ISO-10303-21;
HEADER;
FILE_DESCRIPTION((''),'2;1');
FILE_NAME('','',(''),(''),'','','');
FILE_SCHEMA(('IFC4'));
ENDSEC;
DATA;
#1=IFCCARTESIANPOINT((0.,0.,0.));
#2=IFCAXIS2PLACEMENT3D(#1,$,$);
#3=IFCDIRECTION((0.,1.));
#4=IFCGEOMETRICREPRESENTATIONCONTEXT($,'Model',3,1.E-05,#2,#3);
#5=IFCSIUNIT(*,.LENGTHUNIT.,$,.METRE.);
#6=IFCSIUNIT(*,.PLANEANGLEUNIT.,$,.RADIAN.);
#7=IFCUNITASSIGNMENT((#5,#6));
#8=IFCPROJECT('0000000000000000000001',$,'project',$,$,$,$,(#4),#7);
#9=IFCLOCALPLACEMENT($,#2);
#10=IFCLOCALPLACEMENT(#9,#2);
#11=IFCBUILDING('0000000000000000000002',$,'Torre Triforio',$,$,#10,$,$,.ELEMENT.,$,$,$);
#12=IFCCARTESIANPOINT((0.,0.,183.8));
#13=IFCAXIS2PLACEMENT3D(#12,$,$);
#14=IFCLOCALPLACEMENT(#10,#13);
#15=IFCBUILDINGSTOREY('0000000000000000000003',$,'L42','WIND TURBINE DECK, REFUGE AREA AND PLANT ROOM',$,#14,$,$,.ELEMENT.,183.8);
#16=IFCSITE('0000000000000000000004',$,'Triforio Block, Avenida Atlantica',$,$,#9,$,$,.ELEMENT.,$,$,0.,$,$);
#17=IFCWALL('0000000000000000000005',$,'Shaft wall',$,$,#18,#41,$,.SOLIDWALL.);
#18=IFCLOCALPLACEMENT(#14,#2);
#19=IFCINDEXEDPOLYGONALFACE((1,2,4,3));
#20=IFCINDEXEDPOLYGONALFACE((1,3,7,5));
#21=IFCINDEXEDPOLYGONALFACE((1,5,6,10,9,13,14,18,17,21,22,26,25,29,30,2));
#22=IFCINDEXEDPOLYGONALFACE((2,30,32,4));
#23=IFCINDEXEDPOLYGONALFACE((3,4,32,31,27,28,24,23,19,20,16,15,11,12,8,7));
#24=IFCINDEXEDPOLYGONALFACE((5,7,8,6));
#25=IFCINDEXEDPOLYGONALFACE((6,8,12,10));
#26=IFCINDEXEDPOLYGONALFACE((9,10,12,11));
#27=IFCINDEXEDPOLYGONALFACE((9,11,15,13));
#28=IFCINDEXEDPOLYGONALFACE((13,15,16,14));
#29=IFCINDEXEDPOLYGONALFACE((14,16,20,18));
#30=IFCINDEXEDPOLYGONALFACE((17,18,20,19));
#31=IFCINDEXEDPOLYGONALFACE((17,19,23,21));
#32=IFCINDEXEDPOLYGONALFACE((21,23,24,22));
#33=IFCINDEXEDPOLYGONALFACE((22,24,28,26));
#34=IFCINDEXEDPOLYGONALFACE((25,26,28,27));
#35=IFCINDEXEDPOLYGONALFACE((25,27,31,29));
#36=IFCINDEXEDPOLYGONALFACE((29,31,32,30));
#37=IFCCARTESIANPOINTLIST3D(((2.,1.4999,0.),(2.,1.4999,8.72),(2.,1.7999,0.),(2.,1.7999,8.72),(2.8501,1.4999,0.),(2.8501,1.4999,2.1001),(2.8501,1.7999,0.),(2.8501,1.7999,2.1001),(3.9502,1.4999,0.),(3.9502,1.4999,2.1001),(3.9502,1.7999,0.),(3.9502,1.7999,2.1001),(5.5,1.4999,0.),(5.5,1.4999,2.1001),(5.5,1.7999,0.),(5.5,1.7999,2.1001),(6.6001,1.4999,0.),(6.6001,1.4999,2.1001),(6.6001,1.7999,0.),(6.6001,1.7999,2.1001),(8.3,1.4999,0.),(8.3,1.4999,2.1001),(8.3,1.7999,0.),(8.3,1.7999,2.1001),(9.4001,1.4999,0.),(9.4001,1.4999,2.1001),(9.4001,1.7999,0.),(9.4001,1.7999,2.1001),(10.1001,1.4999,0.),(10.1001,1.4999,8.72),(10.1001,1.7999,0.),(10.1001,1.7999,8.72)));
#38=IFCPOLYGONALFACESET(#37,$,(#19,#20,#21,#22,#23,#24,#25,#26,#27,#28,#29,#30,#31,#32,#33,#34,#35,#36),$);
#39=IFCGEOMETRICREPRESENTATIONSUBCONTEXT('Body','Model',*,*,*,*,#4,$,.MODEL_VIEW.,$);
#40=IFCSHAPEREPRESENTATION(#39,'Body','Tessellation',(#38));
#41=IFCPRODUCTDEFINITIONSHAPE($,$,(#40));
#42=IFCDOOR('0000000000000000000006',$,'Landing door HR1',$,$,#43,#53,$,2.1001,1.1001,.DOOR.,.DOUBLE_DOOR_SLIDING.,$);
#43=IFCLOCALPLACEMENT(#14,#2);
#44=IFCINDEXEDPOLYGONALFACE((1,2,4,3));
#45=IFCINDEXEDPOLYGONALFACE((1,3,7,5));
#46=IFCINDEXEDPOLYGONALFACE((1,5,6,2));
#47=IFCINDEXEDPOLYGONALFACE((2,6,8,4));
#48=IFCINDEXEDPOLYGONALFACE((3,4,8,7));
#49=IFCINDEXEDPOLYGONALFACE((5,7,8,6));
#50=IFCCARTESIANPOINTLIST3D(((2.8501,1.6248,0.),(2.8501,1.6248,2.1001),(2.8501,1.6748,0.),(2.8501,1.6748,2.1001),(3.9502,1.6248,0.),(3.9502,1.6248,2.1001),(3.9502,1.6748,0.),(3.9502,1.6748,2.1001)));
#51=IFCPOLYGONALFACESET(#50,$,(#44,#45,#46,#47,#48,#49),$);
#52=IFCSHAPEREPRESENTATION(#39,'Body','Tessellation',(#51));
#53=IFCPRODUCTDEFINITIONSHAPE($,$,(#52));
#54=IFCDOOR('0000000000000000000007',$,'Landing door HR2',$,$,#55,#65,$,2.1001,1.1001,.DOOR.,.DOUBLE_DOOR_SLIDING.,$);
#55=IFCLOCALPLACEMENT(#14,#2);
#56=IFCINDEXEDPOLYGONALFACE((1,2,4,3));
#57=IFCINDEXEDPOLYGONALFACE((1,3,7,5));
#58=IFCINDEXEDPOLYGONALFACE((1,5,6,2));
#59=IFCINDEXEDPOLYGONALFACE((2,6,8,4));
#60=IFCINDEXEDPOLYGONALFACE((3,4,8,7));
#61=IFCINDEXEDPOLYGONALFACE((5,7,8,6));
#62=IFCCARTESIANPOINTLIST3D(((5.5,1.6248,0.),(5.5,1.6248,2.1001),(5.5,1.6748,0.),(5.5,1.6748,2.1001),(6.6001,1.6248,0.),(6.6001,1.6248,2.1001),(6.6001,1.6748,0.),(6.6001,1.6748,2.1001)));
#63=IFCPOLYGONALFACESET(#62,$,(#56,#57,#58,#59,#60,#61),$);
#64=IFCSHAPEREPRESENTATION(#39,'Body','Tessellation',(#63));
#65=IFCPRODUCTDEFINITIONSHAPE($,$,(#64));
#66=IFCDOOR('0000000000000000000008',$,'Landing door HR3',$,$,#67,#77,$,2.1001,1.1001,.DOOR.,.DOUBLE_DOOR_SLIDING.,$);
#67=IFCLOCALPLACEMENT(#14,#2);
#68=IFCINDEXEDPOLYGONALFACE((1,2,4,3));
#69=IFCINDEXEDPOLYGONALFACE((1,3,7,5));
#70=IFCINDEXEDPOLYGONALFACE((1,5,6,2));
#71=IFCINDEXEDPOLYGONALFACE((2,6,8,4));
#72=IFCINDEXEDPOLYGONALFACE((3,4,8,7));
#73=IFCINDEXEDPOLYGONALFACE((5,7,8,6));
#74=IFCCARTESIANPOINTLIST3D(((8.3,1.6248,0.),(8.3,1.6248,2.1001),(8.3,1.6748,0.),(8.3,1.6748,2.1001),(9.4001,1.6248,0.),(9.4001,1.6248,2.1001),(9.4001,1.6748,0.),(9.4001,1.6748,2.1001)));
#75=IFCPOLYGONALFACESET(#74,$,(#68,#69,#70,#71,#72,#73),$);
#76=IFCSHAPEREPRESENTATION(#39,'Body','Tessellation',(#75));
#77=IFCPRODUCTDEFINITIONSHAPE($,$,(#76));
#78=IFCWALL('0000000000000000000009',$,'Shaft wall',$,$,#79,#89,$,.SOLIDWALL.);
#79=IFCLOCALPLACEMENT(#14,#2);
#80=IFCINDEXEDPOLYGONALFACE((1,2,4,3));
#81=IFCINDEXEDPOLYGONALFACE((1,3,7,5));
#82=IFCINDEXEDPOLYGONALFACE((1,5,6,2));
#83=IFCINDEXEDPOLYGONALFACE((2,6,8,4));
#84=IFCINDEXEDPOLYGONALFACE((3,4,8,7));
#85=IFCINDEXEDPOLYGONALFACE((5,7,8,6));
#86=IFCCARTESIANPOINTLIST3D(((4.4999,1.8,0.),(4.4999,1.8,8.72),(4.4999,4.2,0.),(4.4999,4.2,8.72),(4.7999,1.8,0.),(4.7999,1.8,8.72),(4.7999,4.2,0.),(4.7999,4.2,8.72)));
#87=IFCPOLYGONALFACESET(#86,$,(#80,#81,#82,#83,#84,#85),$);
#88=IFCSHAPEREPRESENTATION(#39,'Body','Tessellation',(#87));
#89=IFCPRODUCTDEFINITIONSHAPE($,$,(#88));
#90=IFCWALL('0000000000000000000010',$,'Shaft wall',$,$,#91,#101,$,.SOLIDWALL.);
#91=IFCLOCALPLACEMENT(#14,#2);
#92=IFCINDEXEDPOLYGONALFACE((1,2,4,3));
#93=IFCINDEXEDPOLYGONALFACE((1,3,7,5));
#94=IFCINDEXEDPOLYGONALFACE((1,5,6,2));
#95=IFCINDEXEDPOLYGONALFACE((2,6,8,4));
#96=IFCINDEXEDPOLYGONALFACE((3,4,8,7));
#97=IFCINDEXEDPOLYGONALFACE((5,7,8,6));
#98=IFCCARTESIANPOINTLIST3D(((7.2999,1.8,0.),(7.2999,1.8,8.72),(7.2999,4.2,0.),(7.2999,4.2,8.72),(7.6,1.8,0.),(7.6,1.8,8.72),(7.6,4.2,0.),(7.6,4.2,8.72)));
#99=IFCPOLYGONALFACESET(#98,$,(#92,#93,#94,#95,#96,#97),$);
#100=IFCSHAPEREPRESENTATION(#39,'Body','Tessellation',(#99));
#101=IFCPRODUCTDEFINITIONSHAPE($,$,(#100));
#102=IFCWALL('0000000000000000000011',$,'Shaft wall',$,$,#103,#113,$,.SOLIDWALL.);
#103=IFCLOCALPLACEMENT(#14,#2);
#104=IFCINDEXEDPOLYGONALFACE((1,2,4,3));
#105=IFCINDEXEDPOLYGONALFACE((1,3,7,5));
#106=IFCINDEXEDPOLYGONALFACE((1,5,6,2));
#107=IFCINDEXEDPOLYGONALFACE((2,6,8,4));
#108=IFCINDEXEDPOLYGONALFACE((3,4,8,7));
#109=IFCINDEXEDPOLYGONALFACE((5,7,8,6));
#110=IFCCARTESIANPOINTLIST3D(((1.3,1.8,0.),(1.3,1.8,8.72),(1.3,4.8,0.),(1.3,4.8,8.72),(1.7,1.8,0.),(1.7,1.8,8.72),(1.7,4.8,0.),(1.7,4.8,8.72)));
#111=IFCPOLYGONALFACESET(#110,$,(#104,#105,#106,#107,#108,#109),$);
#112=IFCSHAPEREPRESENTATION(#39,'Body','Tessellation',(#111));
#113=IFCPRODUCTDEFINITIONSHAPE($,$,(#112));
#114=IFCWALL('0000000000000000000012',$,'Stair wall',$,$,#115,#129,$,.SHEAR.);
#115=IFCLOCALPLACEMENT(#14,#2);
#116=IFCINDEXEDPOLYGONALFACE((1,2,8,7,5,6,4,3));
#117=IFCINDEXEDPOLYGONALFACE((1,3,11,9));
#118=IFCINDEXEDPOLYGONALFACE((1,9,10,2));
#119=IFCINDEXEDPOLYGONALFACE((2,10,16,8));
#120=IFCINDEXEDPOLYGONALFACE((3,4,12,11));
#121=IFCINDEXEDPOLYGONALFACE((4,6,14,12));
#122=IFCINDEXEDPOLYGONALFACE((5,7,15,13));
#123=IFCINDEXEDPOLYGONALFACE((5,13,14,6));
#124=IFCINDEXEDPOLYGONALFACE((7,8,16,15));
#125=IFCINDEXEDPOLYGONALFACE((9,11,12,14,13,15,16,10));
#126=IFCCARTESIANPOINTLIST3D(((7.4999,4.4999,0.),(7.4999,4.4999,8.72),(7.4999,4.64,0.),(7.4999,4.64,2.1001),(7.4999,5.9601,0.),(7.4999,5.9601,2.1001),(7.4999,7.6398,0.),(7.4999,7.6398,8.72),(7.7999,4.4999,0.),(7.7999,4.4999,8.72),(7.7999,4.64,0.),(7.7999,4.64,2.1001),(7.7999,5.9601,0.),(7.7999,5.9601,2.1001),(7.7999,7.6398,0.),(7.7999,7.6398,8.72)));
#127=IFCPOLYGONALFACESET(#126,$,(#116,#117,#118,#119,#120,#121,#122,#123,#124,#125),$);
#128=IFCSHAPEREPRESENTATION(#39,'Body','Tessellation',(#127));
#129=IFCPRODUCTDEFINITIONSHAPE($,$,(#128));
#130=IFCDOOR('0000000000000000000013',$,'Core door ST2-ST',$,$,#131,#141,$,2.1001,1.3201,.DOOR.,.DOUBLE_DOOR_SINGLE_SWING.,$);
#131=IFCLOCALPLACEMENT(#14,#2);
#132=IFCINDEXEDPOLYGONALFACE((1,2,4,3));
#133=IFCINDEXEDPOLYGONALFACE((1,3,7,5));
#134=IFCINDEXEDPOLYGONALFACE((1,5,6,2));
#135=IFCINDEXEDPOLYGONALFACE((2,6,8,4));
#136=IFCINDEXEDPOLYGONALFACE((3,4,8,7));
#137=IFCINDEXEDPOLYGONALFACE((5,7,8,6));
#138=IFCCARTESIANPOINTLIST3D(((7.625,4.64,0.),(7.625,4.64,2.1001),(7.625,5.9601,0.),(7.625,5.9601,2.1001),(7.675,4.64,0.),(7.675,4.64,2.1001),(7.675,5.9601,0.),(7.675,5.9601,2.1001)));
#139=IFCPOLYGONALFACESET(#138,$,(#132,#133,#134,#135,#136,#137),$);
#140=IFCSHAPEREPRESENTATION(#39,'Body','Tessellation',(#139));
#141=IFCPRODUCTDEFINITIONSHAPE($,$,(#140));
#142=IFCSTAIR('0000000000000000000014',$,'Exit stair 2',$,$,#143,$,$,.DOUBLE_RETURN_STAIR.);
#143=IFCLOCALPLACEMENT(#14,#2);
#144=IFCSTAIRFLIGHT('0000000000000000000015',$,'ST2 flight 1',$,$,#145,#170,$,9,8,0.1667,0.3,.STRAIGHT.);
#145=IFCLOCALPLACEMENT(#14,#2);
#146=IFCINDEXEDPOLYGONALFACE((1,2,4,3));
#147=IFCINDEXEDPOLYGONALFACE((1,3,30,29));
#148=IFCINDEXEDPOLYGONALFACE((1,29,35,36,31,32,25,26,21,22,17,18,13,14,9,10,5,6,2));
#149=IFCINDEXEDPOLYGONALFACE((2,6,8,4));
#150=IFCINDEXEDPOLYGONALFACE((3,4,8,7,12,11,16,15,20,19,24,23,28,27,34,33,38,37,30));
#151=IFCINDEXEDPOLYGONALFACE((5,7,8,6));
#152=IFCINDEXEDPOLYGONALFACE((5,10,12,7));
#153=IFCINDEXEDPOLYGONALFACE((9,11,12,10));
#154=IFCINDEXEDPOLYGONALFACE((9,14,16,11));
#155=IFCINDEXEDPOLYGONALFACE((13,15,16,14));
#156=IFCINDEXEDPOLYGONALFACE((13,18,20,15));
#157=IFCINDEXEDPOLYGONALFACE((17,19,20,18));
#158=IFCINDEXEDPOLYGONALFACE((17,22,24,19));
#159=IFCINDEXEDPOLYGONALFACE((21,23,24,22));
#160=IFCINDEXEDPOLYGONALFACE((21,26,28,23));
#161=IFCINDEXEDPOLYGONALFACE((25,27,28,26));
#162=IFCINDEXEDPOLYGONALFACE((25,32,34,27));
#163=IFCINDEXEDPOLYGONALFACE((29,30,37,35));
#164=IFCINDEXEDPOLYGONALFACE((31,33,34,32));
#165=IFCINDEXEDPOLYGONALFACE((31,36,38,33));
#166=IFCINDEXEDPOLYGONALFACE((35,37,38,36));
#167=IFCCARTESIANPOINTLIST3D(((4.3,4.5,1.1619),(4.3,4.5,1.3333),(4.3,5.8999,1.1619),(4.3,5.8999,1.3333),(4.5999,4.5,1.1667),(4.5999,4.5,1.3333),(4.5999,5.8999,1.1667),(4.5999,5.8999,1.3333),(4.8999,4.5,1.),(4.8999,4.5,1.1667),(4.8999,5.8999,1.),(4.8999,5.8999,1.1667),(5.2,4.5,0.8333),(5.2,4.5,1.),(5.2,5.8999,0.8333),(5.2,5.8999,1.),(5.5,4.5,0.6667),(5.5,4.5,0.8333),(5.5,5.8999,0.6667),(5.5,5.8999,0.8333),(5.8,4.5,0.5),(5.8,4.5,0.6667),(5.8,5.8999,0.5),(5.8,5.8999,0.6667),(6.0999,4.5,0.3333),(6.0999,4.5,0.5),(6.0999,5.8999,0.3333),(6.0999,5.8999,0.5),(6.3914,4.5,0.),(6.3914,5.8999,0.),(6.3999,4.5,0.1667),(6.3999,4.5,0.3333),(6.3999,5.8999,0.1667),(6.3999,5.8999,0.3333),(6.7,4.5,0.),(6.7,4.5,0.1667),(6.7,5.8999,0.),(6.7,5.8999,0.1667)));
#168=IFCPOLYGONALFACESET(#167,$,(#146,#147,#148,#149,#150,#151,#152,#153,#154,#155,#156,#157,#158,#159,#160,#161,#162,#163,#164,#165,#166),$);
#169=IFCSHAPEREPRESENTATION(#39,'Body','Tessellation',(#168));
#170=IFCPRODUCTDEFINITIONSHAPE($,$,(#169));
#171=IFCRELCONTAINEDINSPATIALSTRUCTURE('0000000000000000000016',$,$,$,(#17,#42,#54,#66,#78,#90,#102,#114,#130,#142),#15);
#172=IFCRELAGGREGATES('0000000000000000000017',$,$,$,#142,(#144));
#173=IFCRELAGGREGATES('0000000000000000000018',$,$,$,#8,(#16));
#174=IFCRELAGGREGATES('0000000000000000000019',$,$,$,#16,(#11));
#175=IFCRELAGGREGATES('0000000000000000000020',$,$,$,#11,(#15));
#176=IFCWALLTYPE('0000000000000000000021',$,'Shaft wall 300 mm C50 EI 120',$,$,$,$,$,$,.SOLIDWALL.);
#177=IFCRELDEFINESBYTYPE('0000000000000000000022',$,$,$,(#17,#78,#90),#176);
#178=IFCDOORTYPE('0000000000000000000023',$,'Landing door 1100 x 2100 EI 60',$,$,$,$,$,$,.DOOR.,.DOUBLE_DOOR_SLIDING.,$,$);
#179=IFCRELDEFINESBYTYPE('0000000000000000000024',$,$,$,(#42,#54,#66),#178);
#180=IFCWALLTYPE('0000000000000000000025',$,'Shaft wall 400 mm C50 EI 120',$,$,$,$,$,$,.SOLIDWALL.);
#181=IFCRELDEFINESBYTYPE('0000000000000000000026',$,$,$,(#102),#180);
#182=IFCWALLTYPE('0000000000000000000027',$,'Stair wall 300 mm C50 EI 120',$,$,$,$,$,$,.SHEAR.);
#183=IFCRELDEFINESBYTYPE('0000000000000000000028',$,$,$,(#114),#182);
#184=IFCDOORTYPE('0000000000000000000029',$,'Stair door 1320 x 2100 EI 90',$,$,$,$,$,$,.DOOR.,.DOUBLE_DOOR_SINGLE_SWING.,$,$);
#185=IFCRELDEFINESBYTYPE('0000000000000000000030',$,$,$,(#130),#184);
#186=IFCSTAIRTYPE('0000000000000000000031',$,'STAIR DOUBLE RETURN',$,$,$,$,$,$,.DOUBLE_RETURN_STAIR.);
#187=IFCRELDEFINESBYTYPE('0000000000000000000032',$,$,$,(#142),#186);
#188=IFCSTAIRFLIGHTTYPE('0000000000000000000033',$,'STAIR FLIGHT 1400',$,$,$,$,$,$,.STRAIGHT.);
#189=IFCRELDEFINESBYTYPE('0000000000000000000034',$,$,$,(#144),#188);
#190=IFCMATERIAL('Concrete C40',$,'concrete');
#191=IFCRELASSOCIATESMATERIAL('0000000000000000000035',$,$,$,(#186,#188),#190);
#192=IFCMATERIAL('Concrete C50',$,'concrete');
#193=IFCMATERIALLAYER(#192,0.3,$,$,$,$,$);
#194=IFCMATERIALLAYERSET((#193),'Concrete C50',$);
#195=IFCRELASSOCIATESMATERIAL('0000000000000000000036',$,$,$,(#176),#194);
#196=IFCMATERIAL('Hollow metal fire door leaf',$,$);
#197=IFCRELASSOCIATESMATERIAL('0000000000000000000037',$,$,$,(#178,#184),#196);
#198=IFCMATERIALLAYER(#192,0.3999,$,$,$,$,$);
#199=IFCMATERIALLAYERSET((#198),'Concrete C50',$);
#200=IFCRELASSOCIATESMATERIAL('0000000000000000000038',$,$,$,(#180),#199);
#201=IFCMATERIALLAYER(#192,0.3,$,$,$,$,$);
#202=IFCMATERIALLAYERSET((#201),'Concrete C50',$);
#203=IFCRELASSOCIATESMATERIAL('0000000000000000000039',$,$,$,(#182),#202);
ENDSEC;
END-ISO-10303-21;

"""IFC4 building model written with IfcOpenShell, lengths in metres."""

from ifc_helpers import new_model, si_unit, direction, frame, frame_2d, origin, place, context, subcontext, project, spatial, polyline, rectangle, outline, extrude, material, layer, layer_set, type_object, element, fill, aggregate, save


model = new_model("IFC4")

# Units and contexts
model_context = context("Model", 3, precision=1e-05, world=origin(), true_north=direction((0.0, 1.0)))
body_context = subcontext(model_context, "Body", "Model", "MODEL_VIEW")
ifc_project = project(units=[si_unit("LENGTHUNIT", "METRE"), si_unit("PLANEANGLEUNIT", "RADIAN")], contexts=[model_context])

# Site, building, storey
site_placement = place(None, origin())
site = spatial("IfcSite", under=ifc_project, at=site_placement, Name="Triforio Block, Avenida Atlantica", CompositionType="ELEMENT", RefElevation=0.0)
building_placement = place(site_placement, origin())
building = spatial("IfcBuilding", under=site, at=building_placement, Name="Torre Triforio", CompositionType="ELEMENT")
storey_placement = place(building_placement, frame((0.0, 0.0, 183.8)))
storey = spatial("IfcBuildingStorey", under=building, at=storey_placement, Name="L42", Description="WIND TURBINE DECK, REFUGE AREA AND PLANT ROOM", CompositionType="ELEMENT", Elevation=183.8)

# Shared definitions
ifc_material_1 = material(Name="Concrete C40", Category="concrete")

# Shared definitions
stair_type = type_object("IfcStairType", Name="STAIR DOUBLE RETURN", PredefinedType="DOUBLE_RETURN_STAIR", material=ifc_material_1)

# Shared definitions
ifc_material_2 = material(Name="Concrete C50", Category="concrete")
ifc_layer_1 = layer(ifc_material_2, 0.3)
ifc_layer_set_1 = layer_set([ifc_layer_1], Name="Concrete C50")
wall_type_1 = type_object("IfcWallType", Name="Shaft wall 300 mm C50 EI 120", PredefinedType="SOLIDWALL", material=ifc_layer_set_1)

# Wall, openings, doors
wall_1_placement = place(storey_placement, frame((2.0, 1.6499, 0.0), z_axis=(0.0, 0.0, 1.0), x_axis=(1.0, 0.0, 0.0)))
wall_1 = element("IfcWall", 1, at=wall_1_placement, inside=storey, type_object=wall_type_1, Name="Shaft wall", PredefinedType="SOLIDWALL", context=body_context, shape_type="SweptSolid", body=[
    extrude(rectangle(XDim=8.1001, YDim=0.3, at=frame_2d((4.05, 0.0))), origin(), (0.0, 0.0, 1.0), 8.72),
])
opening_1_placement = place(wall_1_placement, frame((0.8501, 0.0, 0.0)))
opening_1 = element("IfcOpeningElement", 2, at=opening_1_placement, cuts=wall_1, PredefinedType="OPENING", context=body_context, shape_type="SweptSolid", body=[
    extrude(rectangle(XDim=1.1001, YDim=2.1001, at=frame_2d((0.55, 1.05))), frame((0.0, 0.1599, 0.0), z_axis=(0.0, -1.0, 0.0), x_axis=(1.0, 0.0, 0.0)), (0.0, 0.0, 1.0), 0.3201),
])
opening_2_placement = place(wall_1_placement, frame((3.5, 0.0, 0.0)))
opening_2 = element("IfcOpeningElement", 3, at=opening_2_placement, cuts=wall_1, PredefinedType="OPENING", context=body_context, shape_type="SweptSolid", body=[
    extrude(rectangle(XDim=1.1001, YDim=2.1001, at=frame_2d((0.55, 1.05))), frame((0.0, 0.1599, 0.0), z_axis=(0.0, -1.0, 0.0), x_axis=(1.0, 0.0, 0.0)), (0.0, 0.0, 1.0), 0.3201),
])
opening_3_placement = place(wall_1_placement, frame((6.3, 0.0, 0.0)))
opening_3 = element("IfcOpeningElement", 4, at=opening_3_placement, cuts=wall_1, PredefinedType="OPENING", context=body_context, shape_type="SweptSolid", body=[
    extrude(rectangle(XDim=1.1001, YDim=2.1001, at=frame_2d((0.55, 1.05))), frame((0.0, 0.1599, 0.0), z_axis=(0.0, -1.0, 0.0), x_axis=(1.0, 0.0, 0.0)), (0.0, 0.0, 1.0), 0.3201),
])
ifc_material_3 = material(Name="Hollow metal fire door leaf")
door_type_1 = type_object("IfcDoorType", Name="Landing door 1100 x 2100 EI 60", OperationType="DOUBLE_DOOR_SLIDING", PredefinedType="DOOR", material=ifc_material_3)
door_1_placement = place(opening_1_placement, origin())
door_1 = element("IfcDoor", 5, at=door_1_placement, inside=storey, type_object=door_type_1, Name="Landing door HR1", OperationType="DOUBLE_DOOR_SLIDING", OverallHeight=2.1001, OverallWidth=1.1001, PredefinedType="DOOR", context=body_context, shape_type="SweptSolid", body=[
    extrude(rectangle(XDim=1.1001, YDim=2.1001, at=frame_2d((0.55, 1.05))), frame((0.0, 0.0249, 0.0), z_axis=(0.0, -1.0, 0.0), x_axis=(1.0, 0.0, 0.0)), (0.0, 0.0, 1.0), 0.05),
])
fill(opening_1, door_1)
door_2_placement = place(opening_2_placement, origin())
door_2 = element("IfcDoor", 6, at=door_2_placement, inside=storey, type_object=door_type_1, Name="Landing door HR2", OperationType="DOUBLE_DOOR_SLIDING", OverallHeight=2.1001, OverallWidth=1.1001, PredefinedType="DOOR", context=body_context, shape_type="SweptSolid", body=[
    extrude(rectangle(XDim=1.1001, YDim=2.1001, at=frame_2d((0.55, 1.05))), frame((0.0, 0.0249, 0.0), z_axis=(0.0, -1.0, 0.0), x_axis=(1.0, 0.0, 0.0)), (0.0, 0.0, 1.0), 0.05),
])
fill(opening_2, door_2)
door_3_placement = place(opening_3_placement, origin())
door_3 = element("IfcDoor", 7, at=door_3_placement, inside=storey, type_object=door_type_1, Name="Landing door HR3", OperationType="DOUBLE_DOOR_SLIDING", OverallHeight=2.1001, OverallWidth=1.1001, PredefinedType="DOOR", context=body_context, shape_type="SweptSolid", body=[
    extrude(rectangle(XDim=1.1001, YDim=2.1001, at=frame_2d((0.55, 1.05))), frame((0.0, 0.0249, 0.0), z_axis=(0.0, -1.0, 0.0), x_axis=(1.0, 0.0, 0.0)), (0.0, 0.0, 1.0), 0.05),
])
fill(opening_3, door_3)

# Walls
for number, where, z_axis, x_axis, name in (
    (8, (4.6499, 1.8, 0.0), (0.0, 0.0, 1.0), (0.0, 1.0, 0.0), "Shaft wall"),
    (9, (7.45, 1.8, 0.0), (0.0, 0.0, 1.0), (0.0, 1.0, 0.0), "Shaft wall"),
):
    element("IfcWall", number, at=place(storey_placement, frame(where, z_axis=z_axis, x_axis=x_axis)), inside=storey, type_object=wall_type_1, Name=name, PredefinedType="SOLIDWALL", context=body_context, shape_type="SweptSolid", body=[
        extrude(rectangle(XDim=2.3999, YDim=0.3, at=frame_2d((1.2, 0.0))), origin(), (0.0, 0.0, 1.0), 8.72),
    ])
ifc_layer_2 = layer(ifc_material_2, 0.3999)
ifc_layer_set_2 = layer_set([ifc_layer_2], Name="Concrete C50")
wall_type_2 = type_object("IfcWallType", Name="Shaft wall 400 mm C50 EI 120", PredefinedType="SOLIDWALL", material=ifc_layer_set_2)
wall_2_placement = place(storey_placement, frame((1.5, 1.8, 0.0), z_axis=(0.0, 0.0, 1.0), x_axis=(0.0, 1.0, 0.0)))
element("IfcWall", 10, at=wall_2_placement, inside=storey, type_object=wall_type_2, Name="Shaft wall", PredefinedType="SOLIDWALL", context=body_context, shape_type="SweptSolid", body=[
    extrude(rectangle(XDim=3.0, YDim=0.3999, at=frame_2d((1.5, 0.0))), origin(), (0.0, 0.0, 1.0), 8.72),
])

# Wall, opening, door
ifc_layer_3 = layer(ifc_material_2, 0.3)
ifc_layer_set_3 = layer_set([ifc_layer_3], Name="Concrete C50")
wall_type_3 = type_object("IfcWallType", Name="Stair wall 300 mm C50 EI 120", PredefinedType="SHEAR", material=ifc_layer_set_3)
wall_3_placement = place(storey_placement, frame((7.6499, 4.5, 0.0), z_axis=(0.0, 0.0, 1.0), x_axis=(0.0, 1.0, 0.0)))
wall_3 = element("IfcWall", 11, at=wall_3_placement, inside=storey, type_object=wall_type_3, Name="Stair wall", PredefinedType="SHEAR", context=body_context, shape_type="SweptSolid", body=[
    extrude(rectangle(XDim=3.1399, YDim=0.3, at=frame_2d((1.5698, 0.0))), origin(), (0.0, 0.0, 1.0), 8.72),
])
opening_4_placement = place(wall_3_placement, frame((0.1399, 0.0, 0.0)))
opening_4 = element("IfcOpeningElement", 12, at=opening_4_placement, cuts=wall_3, PredefinedType="OPENING", context=body_context, shape_type="SweptSolid", body=[
    extrude(rectangle(XDim=1.3201, YDim=2.1001, at=frame_2d((0.6602, 1.05))), frame((0.0, 0.1599, 0.0), z_axis=(0.0, -1.0, 0.0), x_axis=(1.0, 0.0, 0.0)), (0.0, 0.0, 1.0), 0.3201),
])
door_type_2 = type_object("IfcDoorType", Name="Stair door 1320 x 2100 EI 90", OperationType="DOUBLE_DOOR_SINGLE_SWING", PredefinedType="DOOR", material=ifc_material_3)
door_4_placement = place(opening_4_placement, origin())
door_4 = element("IfcDoor", 13, at=door_4_placement, inside=storey, type_object=door_type_2, Name="Core door ST2-ST", OperationType="DOUBLE_DOOR_SINGLE_SWING", OverallHeight=2.1001, OverallWidth=1.3201, PredefinedType="DOOR", context=body_context, shape_type="SweptSolid", body=[
    extrude(rectangle(XDim=1.3201, YDim=2.1001, at=frame_2d((0.6602, 1.05))), frame((0.0, 0.0249, 0.0), z_axis=(0.0, -1.0, 0.0), x_axis=(1.0, 0.0, 0.0)), (0.0, 0.0, 1.0), 0.05),
])
fill(opening_4, door_4)

# Stair, stair flight
stair_1_placement = place(storey_placement, origin())
stair_1 = element("IfcStair", 14, at=stair_1_placement, inside=storey, type_object=stair_type, Name="Exit stair 2", PredefinedType="DOUBLE_RETURN_STAIR")
stair_flight_type = type_object("IfcStairFlightType", Name="STAIR FLIGHT 1400", PredefinedType="STRAIGHT", material=ifc_material_1)
stair_flight_1_placement = place(storey_placement, frame((6.7, 5.2, 0.0), z_axis=(0.0, 0.0, 1.0), x_axis=(-1.0, 0.0, 0.0)))
stair_flight_1 = element("IfcStairFlight", 15, at=stair_flight_1_placement, type_object=stair_flight_type, Name="ST2 flight 1", NumberOfRisers=9, NumberOfTreads=8, PredefinedType="STRAIGHT", RiserHeight=0.1667, TreadLength=0.3, context=body_context, shape_type="SweptSolid", body=[
    extrude(outline(polyline([(0.0, 0.0), (0.0, 0.1667), (0.3, 0.1667), (0.3, 0.3333), (0.6001, 0.3333), (0.6001, 0.5), (0.8999, 0.5), (0.8999, 0.6667), (1.2, 0.6667), (1.2, 0.8333), (1.5, 0.8333), (1.5, 1.0), (1.8, 1.0), (1.8, 1.1667), (2.1001, 1.1667), (2.1001, 1.3333), (2.3999, 1.3333), (2.3999, 1.5), (2.3999, 1.1619), (0.3086, 0.0), (0.0, 0.0)])), frame((0.0, 0.7, 0.0), z_axis=(0.0, -1.0, 0.0), x_axis=(1.0, 0.0, 0.0)), (0.0, 0.0, 1.0), 1.3999),
])
aggregate(stair_1, [stair_flight_1])

save(model, "model.ifc")
